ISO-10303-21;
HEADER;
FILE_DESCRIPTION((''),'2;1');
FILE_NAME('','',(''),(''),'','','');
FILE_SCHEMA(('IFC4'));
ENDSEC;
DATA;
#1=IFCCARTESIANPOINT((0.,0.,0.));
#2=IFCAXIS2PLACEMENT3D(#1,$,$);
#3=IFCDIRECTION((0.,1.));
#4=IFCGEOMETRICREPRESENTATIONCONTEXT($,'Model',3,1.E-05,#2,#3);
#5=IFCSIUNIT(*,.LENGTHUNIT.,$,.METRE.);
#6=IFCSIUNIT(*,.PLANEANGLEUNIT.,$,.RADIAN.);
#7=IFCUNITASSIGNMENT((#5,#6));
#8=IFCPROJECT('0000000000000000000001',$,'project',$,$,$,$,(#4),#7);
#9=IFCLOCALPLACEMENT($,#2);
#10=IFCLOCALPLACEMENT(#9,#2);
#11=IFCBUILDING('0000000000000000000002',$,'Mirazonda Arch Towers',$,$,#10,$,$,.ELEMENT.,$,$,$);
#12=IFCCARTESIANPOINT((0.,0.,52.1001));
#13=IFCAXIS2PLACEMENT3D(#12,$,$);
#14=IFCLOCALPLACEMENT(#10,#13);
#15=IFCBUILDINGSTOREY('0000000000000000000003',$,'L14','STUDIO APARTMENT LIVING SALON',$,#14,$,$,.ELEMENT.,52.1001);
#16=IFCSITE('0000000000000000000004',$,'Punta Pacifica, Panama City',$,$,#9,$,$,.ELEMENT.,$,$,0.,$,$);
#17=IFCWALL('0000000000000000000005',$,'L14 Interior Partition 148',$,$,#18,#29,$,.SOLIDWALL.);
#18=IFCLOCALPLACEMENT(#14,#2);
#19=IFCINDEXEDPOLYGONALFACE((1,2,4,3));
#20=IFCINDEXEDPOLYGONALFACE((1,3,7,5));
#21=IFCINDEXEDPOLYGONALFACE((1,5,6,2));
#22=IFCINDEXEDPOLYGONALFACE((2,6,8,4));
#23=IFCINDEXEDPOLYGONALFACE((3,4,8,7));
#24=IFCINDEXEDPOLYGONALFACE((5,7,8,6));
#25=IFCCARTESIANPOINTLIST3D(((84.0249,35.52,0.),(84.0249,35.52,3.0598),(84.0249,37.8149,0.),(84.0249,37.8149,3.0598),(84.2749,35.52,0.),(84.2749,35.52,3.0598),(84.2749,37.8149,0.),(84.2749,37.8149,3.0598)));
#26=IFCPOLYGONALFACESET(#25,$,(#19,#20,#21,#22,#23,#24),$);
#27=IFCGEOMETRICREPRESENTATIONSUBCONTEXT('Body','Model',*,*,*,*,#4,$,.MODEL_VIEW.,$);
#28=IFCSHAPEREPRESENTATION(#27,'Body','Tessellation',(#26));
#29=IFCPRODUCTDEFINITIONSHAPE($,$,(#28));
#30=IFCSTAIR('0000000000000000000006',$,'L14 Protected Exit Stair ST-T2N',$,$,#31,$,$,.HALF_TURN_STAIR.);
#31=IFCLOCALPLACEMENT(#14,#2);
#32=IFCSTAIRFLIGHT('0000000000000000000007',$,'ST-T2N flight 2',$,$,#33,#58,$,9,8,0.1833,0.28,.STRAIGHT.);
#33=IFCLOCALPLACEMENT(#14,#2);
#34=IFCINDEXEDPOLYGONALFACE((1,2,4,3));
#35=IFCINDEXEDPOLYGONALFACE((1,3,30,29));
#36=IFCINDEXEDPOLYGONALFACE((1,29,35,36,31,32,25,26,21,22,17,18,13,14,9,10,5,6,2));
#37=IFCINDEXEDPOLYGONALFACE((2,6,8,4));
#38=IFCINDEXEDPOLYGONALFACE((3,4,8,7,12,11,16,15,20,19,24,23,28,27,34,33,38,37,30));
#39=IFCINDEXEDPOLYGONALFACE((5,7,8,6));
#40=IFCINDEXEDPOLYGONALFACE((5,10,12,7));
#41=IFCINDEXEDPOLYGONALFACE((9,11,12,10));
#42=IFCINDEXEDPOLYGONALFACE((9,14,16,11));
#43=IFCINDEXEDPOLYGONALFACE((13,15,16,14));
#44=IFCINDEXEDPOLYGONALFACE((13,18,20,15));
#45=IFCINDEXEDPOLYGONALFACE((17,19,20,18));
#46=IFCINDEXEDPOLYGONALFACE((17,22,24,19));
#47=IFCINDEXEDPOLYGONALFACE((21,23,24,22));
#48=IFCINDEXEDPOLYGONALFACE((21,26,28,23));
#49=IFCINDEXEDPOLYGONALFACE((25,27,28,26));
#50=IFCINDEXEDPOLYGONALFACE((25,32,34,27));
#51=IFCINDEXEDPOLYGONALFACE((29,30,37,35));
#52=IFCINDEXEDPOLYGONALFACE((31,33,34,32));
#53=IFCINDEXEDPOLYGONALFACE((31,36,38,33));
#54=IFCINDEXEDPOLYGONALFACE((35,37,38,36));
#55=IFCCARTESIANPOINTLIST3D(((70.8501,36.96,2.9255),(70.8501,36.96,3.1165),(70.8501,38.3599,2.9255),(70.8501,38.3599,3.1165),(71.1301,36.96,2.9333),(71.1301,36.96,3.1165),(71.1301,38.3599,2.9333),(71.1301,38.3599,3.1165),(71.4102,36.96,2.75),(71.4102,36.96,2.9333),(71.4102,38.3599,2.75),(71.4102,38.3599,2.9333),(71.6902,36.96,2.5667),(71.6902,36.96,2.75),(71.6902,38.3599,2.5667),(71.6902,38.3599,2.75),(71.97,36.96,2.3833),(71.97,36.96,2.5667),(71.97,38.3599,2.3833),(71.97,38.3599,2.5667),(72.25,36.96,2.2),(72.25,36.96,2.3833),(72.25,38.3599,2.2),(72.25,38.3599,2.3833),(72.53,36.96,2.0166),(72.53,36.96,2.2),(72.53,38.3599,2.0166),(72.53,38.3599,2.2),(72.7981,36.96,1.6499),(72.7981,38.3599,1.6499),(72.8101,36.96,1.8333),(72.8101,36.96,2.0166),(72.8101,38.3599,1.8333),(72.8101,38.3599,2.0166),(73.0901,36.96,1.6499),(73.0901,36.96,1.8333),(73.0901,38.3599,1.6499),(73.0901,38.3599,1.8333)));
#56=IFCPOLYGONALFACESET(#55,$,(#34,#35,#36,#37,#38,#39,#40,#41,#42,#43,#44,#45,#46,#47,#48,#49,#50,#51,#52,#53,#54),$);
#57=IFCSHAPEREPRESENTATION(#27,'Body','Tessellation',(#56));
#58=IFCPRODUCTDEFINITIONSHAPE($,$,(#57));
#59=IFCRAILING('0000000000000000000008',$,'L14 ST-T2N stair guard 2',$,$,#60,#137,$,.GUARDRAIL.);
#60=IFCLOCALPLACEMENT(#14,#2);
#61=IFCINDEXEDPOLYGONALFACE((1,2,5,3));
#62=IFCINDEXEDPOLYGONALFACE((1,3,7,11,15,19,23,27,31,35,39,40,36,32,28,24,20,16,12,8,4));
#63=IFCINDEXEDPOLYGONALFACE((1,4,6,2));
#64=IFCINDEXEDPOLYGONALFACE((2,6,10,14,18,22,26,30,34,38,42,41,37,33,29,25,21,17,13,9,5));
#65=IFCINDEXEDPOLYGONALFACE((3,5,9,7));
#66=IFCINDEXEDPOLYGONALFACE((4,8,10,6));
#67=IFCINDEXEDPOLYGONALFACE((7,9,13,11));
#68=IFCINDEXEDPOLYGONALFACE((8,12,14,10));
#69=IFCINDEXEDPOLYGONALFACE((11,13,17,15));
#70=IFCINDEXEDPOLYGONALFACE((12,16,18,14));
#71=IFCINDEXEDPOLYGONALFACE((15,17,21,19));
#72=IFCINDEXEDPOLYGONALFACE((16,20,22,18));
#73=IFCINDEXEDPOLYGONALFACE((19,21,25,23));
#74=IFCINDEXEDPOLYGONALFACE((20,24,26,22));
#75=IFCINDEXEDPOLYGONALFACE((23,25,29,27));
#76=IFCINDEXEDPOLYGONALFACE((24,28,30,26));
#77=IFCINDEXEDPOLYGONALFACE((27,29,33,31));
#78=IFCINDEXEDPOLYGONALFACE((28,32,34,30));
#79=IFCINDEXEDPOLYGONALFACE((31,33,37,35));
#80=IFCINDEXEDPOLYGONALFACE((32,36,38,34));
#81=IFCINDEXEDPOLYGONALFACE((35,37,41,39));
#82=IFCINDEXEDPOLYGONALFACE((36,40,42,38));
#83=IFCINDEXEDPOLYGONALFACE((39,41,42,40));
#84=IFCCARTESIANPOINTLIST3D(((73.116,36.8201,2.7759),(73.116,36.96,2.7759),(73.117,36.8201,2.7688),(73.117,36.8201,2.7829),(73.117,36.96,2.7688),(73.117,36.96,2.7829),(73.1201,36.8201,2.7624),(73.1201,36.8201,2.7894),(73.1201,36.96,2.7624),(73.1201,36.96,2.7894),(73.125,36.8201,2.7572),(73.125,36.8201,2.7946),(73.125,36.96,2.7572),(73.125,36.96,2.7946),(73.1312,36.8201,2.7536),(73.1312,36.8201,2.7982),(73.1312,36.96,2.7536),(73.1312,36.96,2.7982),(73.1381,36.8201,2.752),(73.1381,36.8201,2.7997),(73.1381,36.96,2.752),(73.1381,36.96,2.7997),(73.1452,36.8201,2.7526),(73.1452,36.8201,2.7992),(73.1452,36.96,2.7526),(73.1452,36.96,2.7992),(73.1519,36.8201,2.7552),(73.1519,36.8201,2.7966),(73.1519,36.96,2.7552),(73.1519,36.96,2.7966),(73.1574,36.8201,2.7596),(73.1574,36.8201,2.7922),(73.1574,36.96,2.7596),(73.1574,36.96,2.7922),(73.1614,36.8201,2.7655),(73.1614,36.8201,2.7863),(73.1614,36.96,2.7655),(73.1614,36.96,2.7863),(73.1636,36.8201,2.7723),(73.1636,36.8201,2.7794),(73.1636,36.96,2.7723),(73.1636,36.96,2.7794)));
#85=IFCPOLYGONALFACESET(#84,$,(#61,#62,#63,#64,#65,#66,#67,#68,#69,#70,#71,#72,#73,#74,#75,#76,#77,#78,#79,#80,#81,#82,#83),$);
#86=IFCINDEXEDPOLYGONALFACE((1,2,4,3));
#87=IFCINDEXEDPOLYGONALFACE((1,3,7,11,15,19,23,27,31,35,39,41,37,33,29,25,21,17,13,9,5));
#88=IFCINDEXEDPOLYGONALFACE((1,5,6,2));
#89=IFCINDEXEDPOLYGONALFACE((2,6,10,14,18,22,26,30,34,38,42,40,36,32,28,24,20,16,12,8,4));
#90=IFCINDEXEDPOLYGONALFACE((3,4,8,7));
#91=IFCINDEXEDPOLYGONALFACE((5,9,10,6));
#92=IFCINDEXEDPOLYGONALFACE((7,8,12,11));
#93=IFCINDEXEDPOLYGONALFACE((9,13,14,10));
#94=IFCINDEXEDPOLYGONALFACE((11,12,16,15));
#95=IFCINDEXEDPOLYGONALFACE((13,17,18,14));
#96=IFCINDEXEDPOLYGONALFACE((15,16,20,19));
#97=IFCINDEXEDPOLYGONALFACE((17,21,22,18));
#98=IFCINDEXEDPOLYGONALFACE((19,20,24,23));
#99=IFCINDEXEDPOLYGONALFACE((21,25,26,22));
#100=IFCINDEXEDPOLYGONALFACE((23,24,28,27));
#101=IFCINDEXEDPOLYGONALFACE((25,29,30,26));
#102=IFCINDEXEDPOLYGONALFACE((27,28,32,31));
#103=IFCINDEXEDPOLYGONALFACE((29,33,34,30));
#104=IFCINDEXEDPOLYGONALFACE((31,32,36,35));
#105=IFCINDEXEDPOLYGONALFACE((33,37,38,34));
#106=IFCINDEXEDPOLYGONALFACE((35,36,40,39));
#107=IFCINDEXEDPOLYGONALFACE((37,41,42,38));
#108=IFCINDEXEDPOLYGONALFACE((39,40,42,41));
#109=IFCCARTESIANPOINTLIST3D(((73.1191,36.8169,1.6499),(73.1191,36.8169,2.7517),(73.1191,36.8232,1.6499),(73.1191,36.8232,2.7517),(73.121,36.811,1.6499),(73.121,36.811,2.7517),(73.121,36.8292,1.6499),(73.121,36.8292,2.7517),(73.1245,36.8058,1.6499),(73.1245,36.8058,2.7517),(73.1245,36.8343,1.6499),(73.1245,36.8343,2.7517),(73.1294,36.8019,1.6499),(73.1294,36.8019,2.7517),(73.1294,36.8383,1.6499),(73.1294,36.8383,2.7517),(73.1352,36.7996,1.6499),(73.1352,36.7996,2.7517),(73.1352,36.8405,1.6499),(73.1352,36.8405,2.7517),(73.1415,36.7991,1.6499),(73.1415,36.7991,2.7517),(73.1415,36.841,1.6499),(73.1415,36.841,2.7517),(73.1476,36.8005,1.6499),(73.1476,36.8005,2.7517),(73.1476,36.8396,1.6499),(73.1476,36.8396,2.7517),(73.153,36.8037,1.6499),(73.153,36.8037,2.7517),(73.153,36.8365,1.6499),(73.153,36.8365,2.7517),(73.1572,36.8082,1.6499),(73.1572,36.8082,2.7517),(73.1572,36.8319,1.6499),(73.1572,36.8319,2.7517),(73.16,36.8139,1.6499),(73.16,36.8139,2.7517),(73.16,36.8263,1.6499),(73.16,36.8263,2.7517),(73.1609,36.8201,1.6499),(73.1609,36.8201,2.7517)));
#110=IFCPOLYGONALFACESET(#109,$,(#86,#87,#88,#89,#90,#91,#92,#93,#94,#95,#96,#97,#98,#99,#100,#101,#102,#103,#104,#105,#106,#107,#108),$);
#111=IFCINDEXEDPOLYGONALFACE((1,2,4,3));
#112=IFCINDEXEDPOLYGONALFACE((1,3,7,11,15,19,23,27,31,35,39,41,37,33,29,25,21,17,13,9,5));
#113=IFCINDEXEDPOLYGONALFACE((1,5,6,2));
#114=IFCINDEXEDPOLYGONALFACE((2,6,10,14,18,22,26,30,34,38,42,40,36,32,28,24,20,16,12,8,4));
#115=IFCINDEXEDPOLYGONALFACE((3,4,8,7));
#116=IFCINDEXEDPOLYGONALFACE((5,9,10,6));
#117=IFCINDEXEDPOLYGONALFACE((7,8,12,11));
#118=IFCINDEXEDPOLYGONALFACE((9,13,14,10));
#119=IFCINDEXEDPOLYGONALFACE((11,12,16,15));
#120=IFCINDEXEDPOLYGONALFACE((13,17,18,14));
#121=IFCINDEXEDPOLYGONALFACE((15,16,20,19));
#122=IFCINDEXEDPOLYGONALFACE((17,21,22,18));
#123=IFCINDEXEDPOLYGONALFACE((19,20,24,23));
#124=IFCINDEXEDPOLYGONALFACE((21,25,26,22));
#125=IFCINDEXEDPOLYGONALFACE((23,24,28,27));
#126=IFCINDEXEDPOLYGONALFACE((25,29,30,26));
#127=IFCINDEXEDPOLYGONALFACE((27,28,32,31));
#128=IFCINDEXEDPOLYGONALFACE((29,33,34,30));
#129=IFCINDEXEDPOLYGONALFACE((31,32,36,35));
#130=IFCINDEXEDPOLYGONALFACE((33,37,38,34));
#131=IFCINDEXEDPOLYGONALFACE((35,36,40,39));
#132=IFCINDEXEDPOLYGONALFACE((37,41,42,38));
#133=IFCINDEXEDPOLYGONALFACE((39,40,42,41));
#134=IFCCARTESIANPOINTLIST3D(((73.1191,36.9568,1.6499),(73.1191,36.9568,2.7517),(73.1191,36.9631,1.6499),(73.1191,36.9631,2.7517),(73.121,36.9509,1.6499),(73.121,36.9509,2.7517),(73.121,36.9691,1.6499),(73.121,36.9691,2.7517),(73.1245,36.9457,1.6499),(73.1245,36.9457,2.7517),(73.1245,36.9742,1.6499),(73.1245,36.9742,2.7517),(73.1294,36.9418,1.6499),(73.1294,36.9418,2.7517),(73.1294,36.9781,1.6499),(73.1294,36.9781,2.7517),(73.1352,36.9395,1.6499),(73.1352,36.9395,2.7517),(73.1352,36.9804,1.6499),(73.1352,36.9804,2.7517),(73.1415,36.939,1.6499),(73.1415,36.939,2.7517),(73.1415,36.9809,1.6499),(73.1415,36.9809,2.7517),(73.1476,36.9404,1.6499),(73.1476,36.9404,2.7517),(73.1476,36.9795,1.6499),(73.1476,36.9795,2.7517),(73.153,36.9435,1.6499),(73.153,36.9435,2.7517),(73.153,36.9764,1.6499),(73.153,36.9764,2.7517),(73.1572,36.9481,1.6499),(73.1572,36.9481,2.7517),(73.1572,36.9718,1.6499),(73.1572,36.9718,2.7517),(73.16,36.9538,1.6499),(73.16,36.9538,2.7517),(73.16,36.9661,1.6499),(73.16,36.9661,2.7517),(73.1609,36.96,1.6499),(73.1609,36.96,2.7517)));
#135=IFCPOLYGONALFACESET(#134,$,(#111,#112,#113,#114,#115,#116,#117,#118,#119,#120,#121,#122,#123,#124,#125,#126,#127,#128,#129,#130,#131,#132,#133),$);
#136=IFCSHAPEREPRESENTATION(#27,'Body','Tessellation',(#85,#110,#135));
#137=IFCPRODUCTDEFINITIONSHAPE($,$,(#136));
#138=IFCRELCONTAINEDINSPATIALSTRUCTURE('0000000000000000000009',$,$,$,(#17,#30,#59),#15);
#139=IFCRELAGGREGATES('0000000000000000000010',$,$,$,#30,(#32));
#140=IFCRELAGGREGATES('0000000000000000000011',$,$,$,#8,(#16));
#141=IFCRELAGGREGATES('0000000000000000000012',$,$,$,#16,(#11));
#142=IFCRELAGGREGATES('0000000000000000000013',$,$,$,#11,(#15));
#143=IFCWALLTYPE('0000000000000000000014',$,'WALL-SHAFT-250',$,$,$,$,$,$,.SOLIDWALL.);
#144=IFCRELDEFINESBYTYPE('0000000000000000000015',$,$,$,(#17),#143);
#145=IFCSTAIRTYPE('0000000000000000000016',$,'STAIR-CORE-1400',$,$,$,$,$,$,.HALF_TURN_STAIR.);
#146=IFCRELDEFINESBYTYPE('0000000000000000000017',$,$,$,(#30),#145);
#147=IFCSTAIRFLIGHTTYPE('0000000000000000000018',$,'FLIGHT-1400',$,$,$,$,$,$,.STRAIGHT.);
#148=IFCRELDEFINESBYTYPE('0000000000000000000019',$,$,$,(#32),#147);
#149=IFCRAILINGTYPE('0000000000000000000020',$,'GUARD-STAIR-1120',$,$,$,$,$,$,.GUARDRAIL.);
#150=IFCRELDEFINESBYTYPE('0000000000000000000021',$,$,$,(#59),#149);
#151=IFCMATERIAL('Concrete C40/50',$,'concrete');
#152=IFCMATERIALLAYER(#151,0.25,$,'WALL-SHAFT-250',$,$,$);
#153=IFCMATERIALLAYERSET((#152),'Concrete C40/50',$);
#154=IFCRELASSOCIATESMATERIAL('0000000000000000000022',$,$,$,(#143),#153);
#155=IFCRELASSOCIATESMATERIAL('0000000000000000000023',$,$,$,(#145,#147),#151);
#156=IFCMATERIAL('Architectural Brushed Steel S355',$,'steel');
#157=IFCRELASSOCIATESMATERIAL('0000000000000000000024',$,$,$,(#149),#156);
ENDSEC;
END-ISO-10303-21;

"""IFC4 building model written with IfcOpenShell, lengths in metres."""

from ifc_helpers import new_model, si_unit, direction, frame, frame_2d, origin, origin_2d, place, context, subcontext, project, spatial, polyline, rectangle, circle, outline, extrude, material, layer, layer_set, type_object, element, aggregate, save


model = new_model("IFC4")

# Units and contexts
model_context = context("Model", 3, precision=1e-05, world=origin(), true_north=direction((0.0, 1.0)))
body_context = subcontext(model_context, "Body", "Model", "MODEL_VIEW")
ifc_project = project(units=[si_unit("LENGTHUNIT", "METRE"), si_unit("PLANEANGLEUNIT", "RADIAN")], contexts=[model_context])

# Site, building, storey
site_placement = place(None, origin())
site = spatial("IfcSite", under=ifc_project, at=site_placement, Name="Punta Pacifica, Panama City", CompositionType="ELEMENT", RefElevation=0.0)
building_placement = place(site_placement, origin())
building = spatial("IfcBuilding", under=site, at=building_placement, Name="Mirazonda Arch Towers", CompositionType="ELEMENT")
storey_placement = place(building_placement, frame((0.0, 0.0, 52.1001)))
storey = spatial("IfcBuildingStorey", under=building, at=storey_placement, Name="L14", Description="STUDIO APARTMENT LIVING SALON", CompositionType="ELEMENT", Elevation=52.1001)

# Wall
ifc_material_1 = material(Name="Concrete C40/50", Category="concrete")
ifc_layer_1 = layer(ifc_material_1, 0.25, Name="WALL-SHAFT-250")
ifc_layer_set_1 = layer_set([ifc_layer_1], Name="Concrete C40/50")
wall_type_1 = type_object("IfcWallType", Name="WALL-SHAFT-250", PredefinedType="SOLIDWALL", material=ifc_layer_set_1)
for number, where, z_axis, x_axis, name in (
    (1, (84.1499, 35.52, 0.0), (0.0, 0.0, 1.0), (0.0, 1.0, 0.0), "L14 Interior Partition 148"),
):
    element("IfcWall", number, at=place(storey_placement, frame(where, z_axis=z_axis, x_axis=x_axis)), inside=storey, type_object=wall_type_1, Name=name, PredefinedType="SOLIDWALL", context=body_context, shape_type="SweptSolid", body=[
        extrude(rectangle(XDim=2.2949, YDim=0.25, at=frame_2d((1.1475, 0.0))), origin(), (0.0, 0.0, 1.0), 3.0598),
    ])

# Stair, stair flight
stair_type = type_object("IfcStairType", Name="STAIR-CORE-1400", PredefinedType="HALF_TURN_STAIR", material=ifc_material_1)
stair_placement = place(storey_placement, origin())
stair = element("IfcStair", 2, at=stair_placement, inside=storey, type_object=stair_type, Name="L14 Protected Exit Stair ST-T2N", PredefinedType="HALF_TURN_STAIR")
stair_flight_type = type_object("IfcStairFlightType", Name="FLIGHT-1400", PredefinedType="STRAIGHT", material=ifc_material_1)
stair_flight_placement = place(storey_placement, frame((73.0901, 37.6599, 1.6499), z_axis=(0.0, 0.0, 1.0), x_axis=(-1.0, 0.0, 0.0)))
stair_flight = element("IfcStairFlight", 3, at=stair_flight_placement, type_object=stair_flight_type, Name="ST-T2N flight 2", NumberOfRisers=9, NumberOfTreads=8, PredefinedType="STRAIGHT", RiserHeight=0.1833, TreadLength=0.28, context=body_context, shape_type="SweptSolid", body=[
    extrude(outline(polyline([(0.0, 0.0), (0.0, 0.1833), (0.28, 0.1833), (0.28, 0.3667), (0.5601, 0.3667), (0.5601, 0.55), (0.8401, 0.55), (0.8401, 0.7334), (1.1201, 0.7334), (1.1201, 0.9167), (1.3999, 0.9167), (1.3999, 1.1001), (1.6799, 1.1001), (1.6799, 1.2834), (1.96, 1.2834), (1.96, 1.4666), (2.24, 1.4666), (2.24, 1.6499), (2.24, 1.2756), (0.292, 0.0), (0.0, 0.0)])), frame((0.0, 0.7, 0.0), z_axis=(0.0, -1.0, 0.0), x_axis=(1.0, 0.0, 0.0)), (0.0, 0.0, 1.0), 1.3999),
])
aggregate(stair, [stair_flight])

# Railing
ifc_material_2 = material(Name="Architectural Brushed Steel S355", Category="steel")
railing_type_1 = type_object("IfcRailingType", Name="GUARD-STAIR-1120", PredefinedType="GUARDRAIL", material=ifc_material_2)
railing_1_placement = place(storey_placement, frame((73.1399, 36.8201, 1.6499)))
element("IfcRailing", 4, at=railing_1_placement, inside=storey, type_object=railing_type_1, Name="L14 ST-T2N stair guard 2", PredefinedType="GUARDRAIL", context=body_context, shape_type="SweptSolid", body=[
    extrude(circle(Radius=0.0239, at=origin_2d()), frame((0.0, 0.0, 1.126), z_axis=(0.0, 1.0, 0.0), x_axis=(-1.0, 0.0, 0.0)), (0.0, 0.0, 1.0), 0.1399),
    extrude(circle(Radius=0.021, at=origin_2d()), origin(), (0.0, 0.0, 1.0), 1.1018),
    extrude(circle(Radius=0.021, at=origin_2d()), frame((0.0, 0.1399, 0.0)), (0.0, 0.0, 1.0), 1.1018),
])

save(model, "model.ifc")
